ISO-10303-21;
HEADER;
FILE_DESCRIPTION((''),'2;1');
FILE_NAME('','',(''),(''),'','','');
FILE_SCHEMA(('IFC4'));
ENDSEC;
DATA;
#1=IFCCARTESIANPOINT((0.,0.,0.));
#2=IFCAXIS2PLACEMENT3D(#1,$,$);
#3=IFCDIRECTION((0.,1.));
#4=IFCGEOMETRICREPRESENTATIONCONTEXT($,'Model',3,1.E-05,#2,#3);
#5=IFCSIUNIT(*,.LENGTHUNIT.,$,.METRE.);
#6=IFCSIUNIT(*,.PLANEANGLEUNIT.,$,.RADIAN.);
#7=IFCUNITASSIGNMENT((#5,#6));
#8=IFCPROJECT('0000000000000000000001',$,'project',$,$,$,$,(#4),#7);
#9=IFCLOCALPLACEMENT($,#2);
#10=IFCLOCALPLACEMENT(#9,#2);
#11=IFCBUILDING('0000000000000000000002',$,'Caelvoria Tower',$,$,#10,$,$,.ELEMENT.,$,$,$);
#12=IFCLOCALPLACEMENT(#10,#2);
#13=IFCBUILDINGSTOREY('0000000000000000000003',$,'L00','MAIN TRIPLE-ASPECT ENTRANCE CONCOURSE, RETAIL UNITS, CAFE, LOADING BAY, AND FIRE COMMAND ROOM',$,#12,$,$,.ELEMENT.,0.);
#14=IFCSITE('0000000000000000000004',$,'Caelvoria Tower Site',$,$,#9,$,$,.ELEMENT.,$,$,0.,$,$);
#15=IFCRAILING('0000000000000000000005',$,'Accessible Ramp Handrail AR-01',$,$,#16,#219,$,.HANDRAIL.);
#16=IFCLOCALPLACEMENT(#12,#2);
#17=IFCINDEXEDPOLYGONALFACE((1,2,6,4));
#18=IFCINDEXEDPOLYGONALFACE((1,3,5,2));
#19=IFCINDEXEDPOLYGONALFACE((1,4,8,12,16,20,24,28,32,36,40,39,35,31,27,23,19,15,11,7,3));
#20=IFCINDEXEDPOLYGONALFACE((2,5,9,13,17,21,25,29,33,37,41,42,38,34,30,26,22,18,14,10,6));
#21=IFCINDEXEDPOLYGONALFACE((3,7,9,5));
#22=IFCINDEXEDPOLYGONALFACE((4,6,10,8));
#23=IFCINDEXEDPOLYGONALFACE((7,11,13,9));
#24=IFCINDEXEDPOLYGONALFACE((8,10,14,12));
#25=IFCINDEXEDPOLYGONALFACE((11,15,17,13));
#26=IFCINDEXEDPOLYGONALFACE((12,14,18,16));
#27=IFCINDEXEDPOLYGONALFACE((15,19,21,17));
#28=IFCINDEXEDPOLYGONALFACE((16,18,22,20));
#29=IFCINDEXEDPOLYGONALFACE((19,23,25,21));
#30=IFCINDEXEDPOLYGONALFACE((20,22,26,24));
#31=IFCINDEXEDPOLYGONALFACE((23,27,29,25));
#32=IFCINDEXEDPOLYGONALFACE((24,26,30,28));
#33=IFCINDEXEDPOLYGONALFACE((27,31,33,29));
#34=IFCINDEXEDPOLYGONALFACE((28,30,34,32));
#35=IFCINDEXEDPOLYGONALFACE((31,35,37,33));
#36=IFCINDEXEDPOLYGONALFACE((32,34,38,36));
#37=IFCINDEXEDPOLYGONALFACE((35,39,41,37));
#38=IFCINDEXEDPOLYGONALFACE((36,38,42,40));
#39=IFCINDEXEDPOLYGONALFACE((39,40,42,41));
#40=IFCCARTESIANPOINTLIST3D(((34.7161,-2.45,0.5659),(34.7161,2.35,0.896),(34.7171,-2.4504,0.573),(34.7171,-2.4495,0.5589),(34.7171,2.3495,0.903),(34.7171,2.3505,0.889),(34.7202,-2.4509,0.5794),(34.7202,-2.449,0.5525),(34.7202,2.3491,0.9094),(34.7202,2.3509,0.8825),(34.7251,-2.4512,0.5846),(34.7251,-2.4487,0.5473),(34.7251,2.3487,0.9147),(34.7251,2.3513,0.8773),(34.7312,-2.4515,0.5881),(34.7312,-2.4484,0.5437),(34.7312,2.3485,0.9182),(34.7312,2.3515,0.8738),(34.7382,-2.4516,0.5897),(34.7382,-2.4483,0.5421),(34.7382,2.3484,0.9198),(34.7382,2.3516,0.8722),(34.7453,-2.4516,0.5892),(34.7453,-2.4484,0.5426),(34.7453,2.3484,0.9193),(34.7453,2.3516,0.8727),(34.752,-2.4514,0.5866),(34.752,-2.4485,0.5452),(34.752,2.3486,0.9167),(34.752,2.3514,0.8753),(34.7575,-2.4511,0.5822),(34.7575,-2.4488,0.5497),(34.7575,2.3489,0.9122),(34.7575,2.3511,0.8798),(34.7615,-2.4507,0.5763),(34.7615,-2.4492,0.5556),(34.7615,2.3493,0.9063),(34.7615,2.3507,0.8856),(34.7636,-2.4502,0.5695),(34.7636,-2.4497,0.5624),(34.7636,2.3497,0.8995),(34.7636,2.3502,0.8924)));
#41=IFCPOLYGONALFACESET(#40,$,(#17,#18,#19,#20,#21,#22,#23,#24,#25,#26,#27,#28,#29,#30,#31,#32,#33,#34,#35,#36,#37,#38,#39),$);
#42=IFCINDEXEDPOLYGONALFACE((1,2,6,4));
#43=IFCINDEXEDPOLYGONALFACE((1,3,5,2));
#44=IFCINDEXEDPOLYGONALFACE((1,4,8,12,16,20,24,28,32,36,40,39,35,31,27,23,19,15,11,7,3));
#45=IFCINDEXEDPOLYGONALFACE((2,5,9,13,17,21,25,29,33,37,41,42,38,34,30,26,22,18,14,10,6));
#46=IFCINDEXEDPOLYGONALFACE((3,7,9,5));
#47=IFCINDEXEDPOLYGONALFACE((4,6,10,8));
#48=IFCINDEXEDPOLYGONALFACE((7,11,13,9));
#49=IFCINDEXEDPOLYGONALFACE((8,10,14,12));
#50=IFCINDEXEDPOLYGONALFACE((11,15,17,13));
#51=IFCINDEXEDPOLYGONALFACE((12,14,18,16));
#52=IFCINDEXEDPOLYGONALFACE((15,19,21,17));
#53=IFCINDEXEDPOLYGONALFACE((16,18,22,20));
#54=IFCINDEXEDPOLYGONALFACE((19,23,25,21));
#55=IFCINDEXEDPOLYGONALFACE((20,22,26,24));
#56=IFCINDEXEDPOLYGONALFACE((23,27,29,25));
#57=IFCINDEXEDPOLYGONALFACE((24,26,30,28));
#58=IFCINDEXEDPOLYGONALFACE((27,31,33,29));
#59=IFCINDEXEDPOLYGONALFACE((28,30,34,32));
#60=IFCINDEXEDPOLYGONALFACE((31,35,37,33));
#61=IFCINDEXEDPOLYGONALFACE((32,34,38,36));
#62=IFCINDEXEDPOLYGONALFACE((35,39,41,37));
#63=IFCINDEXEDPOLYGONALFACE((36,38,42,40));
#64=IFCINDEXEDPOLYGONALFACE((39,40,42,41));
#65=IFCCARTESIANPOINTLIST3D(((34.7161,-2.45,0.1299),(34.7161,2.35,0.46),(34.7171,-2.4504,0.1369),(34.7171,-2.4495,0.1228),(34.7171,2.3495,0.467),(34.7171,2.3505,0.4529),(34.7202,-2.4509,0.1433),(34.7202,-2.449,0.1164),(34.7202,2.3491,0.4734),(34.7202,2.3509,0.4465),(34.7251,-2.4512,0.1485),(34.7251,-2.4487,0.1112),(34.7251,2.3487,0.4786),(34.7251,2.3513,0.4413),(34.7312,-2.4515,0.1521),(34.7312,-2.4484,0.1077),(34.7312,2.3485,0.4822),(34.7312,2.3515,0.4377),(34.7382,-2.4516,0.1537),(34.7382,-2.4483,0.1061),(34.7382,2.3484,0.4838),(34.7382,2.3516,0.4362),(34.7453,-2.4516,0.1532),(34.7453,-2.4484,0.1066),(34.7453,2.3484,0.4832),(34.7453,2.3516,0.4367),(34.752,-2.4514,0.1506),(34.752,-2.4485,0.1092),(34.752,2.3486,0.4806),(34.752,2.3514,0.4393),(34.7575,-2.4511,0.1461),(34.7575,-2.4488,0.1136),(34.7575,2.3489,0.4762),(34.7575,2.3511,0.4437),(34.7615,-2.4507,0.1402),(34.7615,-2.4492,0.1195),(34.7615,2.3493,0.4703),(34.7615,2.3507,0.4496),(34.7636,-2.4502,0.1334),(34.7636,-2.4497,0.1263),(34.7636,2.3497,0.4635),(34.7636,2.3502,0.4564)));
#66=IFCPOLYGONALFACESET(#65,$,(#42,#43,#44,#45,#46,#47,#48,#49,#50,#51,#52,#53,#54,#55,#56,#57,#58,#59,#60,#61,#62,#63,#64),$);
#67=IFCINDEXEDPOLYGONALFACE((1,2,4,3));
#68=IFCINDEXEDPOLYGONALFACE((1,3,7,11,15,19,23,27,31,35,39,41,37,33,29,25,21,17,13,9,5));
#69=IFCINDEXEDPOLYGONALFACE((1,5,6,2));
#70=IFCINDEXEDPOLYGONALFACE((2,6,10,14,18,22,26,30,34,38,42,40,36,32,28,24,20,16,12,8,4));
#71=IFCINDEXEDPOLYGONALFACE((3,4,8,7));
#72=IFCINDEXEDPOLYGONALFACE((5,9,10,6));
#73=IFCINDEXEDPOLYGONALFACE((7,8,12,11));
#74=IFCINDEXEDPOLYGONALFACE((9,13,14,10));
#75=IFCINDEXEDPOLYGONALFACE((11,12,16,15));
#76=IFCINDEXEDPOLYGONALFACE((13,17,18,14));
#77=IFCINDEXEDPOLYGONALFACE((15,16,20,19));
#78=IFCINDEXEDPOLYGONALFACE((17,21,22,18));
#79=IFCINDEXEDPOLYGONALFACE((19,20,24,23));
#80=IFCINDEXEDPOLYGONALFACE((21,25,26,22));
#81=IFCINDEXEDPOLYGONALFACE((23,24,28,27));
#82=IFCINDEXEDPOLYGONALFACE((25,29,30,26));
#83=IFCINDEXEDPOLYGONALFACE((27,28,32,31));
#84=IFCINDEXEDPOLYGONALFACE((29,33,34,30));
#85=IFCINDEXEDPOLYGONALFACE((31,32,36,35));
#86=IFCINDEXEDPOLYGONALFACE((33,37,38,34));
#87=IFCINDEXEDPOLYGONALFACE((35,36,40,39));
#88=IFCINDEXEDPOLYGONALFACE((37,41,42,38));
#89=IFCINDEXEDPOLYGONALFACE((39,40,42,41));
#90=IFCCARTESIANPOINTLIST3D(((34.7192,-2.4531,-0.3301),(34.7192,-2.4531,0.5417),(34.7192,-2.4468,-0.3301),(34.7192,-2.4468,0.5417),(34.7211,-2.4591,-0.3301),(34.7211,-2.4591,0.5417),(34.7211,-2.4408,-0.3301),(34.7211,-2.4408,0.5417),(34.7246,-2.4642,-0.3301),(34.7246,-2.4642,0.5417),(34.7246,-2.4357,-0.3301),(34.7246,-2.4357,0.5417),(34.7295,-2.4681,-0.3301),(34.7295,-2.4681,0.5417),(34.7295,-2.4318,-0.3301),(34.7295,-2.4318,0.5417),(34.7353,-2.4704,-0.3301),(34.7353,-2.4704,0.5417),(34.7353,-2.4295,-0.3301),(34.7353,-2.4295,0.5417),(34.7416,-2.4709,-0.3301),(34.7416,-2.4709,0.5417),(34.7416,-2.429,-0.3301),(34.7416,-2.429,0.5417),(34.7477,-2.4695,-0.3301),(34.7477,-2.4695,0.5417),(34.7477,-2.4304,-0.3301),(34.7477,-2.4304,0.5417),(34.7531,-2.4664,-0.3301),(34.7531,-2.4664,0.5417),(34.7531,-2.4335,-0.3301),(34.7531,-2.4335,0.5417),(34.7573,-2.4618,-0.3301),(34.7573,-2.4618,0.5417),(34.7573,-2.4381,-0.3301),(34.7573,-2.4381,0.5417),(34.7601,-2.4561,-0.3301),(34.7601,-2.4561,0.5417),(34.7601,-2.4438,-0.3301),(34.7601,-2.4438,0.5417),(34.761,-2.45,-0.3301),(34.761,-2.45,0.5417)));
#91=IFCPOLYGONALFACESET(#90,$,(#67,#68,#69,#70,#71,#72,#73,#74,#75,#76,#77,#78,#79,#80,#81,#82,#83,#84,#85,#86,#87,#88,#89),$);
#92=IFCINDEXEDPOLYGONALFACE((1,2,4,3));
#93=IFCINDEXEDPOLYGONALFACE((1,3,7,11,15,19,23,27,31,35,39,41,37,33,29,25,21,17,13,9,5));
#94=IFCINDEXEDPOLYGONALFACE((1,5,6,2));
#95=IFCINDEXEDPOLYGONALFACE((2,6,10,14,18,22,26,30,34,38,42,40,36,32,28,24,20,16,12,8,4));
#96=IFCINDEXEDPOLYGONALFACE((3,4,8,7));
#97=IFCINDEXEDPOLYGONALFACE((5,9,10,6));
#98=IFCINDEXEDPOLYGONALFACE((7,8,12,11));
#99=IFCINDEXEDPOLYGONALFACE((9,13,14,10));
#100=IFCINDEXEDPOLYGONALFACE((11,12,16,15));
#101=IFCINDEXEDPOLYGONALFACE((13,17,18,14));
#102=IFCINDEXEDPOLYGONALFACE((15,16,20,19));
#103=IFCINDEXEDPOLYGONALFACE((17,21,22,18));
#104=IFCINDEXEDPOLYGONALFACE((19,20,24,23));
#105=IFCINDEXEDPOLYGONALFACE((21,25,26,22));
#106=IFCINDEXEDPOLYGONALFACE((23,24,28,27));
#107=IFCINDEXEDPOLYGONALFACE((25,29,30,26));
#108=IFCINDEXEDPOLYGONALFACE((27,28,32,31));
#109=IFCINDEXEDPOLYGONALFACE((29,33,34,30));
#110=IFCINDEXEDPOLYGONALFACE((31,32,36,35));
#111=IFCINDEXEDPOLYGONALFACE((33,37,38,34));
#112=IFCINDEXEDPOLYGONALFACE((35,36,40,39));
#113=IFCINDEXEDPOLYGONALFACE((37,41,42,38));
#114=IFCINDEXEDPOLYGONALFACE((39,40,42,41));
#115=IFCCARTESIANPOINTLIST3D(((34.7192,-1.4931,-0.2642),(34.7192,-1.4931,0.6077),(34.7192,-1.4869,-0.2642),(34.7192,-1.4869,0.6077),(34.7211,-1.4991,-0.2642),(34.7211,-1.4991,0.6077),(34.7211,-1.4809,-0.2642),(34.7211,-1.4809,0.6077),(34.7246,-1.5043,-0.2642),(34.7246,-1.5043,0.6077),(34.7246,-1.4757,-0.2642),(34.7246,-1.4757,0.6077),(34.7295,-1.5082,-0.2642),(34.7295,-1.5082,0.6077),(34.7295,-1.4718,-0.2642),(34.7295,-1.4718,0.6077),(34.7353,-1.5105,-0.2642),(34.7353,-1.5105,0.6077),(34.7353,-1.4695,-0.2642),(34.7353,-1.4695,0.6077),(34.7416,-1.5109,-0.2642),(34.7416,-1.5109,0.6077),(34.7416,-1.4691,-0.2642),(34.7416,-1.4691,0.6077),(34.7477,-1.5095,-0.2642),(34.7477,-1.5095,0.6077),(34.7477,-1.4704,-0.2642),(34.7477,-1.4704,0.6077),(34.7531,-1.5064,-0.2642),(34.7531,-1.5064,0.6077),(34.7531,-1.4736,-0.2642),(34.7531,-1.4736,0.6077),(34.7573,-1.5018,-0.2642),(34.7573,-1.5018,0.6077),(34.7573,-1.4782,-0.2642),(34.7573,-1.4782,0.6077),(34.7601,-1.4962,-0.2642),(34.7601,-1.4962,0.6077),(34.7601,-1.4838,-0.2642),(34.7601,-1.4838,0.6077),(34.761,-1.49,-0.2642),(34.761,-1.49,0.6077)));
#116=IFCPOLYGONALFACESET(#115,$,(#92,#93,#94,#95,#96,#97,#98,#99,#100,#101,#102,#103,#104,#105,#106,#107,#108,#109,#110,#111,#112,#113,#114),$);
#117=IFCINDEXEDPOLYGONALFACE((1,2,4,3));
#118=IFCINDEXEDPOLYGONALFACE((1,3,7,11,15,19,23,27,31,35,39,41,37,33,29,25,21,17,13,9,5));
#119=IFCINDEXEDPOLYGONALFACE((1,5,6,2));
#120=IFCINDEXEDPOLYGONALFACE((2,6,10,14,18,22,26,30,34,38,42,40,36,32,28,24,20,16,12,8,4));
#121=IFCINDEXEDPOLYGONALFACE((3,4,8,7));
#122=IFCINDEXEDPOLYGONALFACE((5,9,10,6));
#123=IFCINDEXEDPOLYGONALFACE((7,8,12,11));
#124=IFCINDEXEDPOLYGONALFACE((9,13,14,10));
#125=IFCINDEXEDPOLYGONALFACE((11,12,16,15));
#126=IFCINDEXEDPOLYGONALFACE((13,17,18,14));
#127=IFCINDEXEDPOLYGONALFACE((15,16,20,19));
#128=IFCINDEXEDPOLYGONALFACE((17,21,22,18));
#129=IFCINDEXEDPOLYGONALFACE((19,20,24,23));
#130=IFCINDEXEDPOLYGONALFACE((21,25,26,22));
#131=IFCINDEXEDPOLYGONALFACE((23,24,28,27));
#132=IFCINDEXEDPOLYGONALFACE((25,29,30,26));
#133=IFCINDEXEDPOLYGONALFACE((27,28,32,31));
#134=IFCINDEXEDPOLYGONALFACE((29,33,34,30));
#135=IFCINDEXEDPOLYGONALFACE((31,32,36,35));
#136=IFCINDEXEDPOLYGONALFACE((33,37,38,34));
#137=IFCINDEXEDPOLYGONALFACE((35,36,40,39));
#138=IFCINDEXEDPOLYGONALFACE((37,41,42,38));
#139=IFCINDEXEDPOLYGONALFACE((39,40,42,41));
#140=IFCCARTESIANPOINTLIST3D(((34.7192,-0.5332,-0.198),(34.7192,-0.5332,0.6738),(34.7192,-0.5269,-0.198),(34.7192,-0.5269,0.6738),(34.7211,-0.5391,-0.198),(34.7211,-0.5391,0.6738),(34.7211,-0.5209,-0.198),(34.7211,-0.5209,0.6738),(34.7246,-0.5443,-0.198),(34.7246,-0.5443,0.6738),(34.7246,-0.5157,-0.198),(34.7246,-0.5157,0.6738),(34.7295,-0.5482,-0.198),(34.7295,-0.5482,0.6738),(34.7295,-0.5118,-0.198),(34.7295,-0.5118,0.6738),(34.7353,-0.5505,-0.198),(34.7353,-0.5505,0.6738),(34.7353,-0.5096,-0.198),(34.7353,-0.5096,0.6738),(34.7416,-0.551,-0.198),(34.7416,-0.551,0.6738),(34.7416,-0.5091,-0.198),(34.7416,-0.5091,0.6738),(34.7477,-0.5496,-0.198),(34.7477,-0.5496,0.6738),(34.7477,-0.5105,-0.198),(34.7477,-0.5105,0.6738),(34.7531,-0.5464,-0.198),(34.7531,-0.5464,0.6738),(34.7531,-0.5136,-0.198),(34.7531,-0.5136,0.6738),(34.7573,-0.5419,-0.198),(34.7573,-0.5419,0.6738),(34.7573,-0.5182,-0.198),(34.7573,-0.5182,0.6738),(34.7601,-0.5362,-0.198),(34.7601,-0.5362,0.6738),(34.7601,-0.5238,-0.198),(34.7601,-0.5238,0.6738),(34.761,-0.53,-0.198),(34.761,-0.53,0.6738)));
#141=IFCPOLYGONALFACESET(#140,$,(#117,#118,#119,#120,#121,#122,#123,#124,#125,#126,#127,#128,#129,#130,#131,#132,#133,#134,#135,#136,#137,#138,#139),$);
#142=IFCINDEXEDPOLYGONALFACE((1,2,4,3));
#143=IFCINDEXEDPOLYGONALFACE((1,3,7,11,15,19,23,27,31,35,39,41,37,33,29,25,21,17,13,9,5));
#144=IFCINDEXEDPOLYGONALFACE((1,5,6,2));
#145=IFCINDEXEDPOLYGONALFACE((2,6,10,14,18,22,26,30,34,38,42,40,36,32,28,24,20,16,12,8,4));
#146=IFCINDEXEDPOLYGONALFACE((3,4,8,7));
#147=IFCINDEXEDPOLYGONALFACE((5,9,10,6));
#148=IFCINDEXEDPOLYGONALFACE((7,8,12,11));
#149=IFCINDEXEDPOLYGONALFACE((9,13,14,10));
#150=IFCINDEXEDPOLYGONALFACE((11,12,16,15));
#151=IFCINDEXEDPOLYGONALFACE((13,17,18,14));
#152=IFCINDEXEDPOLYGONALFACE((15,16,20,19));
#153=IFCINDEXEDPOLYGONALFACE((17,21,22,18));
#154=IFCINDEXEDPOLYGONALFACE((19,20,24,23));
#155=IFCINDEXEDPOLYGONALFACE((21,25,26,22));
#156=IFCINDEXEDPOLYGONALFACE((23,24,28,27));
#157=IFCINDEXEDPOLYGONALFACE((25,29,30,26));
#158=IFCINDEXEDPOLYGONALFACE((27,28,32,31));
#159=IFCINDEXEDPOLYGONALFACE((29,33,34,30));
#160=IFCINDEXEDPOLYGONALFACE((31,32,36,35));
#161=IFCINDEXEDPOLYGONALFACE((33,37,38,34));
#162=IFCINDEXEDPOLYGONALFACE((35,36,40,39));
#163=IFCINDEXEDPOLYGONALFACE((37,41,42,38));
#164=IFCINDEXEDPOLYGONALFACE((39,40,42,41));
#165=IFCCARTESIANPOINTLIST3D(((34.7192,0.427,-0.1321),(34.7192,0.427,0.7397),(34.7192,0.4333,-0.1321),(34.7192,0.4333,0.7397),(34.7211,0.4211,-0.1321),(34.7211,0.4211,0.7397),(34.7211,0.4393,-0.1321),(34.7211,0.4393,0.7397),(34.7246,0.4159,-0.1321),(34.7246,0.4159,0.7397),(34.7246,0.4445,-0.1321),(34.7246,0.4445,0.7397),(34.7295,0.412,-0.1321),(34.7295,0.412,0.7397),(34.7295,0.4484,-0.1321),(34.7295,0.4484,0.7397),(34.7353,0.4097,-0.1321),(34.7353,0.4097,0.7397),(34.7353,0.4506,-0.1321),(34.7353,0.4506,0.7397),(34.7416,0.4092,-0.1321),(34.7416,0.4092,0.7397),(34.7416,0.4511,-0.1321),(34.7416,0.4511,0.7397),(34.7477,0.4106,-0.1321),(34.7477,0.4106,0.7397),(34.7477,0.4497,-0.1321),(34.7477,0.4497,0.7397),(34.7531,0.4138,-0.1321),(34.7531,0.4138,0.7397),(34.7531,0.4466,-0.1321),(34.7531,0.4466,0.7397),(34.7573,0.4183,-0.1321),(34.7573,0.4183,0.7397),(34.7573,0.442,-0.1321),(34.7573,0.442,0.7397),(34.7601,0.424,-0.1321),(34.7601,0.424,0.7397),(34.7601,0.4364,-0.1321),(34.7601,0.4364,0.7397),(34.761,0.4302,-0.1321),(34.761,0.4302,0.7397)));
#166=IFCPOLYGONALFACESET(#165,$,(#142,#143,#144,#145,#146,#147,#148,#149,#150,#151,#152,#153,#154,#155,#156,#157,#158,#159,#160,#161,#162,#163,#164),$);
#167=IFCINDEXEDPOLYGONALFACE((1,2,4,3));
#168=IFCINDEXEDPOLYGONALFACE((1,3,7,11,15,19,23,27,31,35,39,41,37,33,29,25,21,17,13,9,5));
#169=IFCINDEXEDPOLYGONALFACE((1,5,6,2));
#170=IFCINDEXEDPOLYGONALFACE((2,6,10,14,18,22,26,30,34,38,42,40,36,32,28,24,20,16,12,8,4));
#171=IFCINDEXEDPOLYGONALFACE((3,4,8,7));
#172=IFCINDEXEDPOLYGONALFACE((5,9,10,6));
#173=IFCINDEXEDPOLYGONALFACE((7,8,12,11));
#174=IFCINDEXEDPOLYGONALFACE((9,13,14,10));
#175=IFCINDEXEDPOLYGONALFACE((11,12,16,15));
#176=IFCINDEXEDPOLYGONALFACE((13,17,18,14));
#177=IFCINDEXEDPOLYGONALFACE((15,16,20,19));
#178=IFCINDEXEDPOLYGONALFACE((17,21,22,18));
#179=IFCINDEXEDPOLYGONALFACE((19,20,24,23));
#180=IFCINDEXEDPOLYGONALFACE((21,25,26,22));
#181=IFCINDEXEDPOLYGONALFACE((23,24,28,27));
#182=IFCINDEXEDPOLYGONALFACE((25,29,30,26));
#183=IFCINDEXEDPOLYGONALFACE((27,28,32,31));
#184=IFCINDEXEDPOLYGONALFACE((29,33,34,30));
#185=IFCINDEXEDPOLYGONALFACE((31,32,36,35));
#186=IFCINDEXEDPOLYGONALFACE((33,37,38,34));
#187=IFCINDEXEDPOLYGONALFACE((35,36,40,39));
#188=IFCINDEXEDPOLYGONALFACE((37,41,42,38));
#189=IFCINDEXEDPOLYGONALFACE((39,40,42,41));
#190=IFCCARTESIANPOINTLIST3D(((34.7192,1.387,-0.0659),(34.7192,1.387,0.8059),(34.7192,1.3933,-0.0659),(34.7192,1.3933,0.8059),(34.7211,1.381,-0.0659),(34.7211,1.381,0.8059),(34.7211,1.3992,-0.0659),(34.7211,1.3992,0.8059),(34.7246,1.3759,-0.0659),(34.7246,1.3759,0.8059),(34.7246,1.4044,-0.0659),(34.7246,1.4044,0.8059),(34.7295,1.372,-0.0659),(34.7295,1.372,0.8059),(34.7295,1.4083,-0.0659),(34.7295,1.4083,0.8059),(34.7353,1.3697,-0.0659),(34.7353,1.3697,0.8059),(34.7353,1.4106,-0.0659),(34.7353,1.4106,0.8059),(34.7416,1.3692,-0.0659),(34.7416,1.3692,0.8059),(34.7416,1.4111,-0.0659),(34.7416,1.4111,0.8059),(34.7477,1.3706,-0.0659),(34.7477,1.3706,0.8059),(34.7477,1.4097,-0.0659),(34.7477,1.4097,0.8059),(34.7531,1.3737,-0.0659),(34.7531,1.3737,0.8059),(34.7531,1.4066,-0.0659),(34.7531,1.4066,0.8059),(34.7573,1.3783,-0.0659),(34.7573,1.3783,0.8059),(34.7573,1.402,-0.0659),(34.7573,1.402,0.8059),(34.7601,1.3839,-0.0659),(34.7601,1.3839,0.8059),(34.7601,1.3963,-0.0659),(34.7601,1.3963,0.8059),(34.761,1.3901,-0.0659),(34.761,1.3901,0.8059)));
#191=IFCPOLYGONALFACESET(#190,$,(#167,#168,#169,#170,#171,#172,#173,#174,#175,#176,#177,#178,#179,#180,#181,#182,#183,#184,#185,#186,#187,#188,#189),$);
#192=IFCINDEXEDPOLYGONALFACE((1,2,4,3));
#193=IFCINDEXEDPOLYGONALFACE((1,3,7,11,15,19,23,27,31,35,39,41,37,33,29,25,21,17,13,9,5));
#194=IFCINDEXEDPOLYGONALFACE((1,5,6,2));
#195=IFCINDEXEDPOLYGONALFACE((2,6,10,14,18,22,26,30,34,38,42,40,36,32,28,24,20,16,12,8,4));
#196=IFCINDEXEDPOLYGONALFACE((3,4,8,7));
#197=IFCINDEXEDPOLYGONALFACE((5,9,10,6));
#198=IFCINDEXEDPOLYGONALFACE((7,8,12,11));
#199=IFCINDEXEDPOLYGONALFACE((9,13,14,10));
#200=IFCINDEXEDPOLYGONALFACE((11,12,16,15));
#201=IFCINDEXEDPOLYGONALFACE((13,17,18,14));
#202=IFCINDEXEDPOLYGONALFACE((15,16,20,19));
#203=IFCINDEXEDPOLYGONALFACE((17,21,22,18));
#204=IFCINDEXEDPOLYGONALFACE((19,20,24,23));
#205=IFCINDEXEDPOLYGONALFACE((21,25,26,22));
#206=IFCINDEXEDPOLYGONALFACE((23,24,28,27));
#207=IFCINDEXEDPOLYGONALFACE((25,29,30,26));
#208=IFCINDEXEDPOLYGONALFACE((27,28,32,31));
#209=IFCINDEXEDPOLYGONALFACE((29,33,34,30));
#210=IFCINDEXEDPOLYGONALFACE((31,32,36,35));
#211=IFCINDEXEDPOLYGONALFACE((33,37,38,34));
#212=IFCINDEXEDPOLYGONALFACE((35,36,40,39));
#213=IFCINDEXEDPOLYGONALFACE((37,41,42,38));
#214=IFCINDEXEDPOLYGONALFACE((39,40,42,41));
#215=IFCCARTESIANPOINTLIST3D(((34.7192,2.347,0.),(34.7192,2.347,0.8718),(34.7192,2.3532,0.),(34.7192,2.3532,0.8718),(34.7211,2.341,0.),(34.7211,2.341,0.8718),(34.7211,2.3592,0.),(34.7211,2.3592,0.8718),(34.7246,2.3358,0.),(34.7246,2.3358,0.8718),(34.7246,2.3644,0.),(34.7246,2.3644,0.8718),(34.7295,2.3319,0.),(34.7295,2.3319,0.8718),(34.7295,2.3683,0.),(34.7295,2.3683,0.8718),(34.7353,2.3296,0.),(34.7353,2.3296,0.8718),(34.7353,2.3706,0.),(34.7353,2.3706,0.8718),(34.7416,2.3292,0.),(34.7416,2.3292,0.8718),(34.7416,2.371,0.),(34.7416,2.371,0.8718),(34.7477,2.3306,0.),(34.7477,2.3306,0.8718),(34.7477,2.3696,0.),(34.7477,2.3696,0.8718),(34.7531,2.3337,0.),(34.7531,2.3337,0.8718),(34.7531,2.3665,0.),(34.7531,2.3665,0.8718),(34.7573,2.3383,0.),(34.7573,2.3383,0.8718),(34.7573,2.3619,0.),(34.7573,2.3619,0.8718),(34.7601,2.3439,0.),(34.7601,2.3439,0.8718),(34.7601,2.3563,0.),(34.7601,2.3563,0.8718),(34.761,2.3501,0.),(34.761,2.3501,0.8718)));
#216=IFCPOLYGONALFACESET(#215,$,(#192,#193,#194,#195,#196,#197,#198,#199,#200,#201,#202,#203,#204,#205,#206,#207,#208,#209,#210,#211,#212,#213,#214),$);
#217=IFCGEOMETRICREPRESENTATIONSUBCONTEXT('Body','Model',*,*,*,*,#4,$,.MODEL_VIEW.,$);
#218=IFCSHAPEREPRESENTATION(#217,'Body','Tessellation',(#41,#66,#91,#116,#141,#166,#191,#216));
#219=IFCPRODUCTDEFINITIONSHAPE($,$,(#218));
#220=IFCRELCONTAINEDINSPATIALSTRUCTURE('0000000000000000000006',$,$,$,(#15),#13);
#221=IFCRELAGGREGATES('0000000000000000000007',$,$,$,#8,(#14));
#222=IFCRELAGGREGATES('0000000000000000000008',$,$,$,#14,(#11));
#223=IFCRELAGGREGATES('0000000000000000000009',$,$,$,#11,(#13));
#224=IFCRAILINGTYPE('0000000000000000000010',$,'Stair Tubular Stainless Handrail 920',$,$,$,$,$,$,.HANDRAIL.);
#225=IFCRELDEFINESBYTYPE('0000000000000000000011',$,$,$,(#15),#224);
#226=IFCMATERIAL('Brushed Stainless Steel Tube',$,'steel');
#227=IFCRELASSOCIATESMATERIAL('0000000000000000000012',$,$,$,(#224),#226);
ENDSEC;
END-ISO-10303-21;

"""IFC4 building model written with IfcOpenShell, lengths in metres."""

from ifc_helpers import new_model, si_unit, direction, frame, origin, origin_2d, place, context, subcontext, project, spatial, circle, extrude, material, type_object, element, save


model = new_model("IFC4")

# Units and contexts
model_context = context("Model", 3, precision=1e-05, world=origin(), true_north=direction((0.0, 1.0)))
body_context = subcontext(model_context, "Body", "Model", "MODEL_VIEW")
ifc_project = project(units=[si_unit("LENGTHUNIT", "METRE"), si_unit("PLANEANGLEUNIT", "RADIAN")], contexts=[model_context])

# Site, building, storey
site_placement = place(None, origin())
site = spatial("IfcSite", under=ifc_project, at=site_placement, Name="Caelvoria Tower Site", CompositionType="ELEMENT", RefElevation=0.0)
building_placement = place(site_placement, origin())
building = spatial("IfcBuilding", under=site, at=building_placement, Name="Caelvoria Tower", CompositionType="ELEMENT")
storey_placement = place(building_placement, origin())
storey = spatial("IfcBuildingStorey", under=building, at=storey_placement, Name="L00", Description="MAIN TRIPLE-ASPECT ENTRANCE CONCOURSE, RETAIL UNITS, CAFE, LOADING BAY, AND FIRE COMMAND ROOM", CompositionType="ELEMENT", Elevation=0.0)

# Railing
ifc_material_1 = material(Name="Brushed Stainless Steel Tube", Category="steel")
railing_type = type_object("IfcRailingType", Name="Stair Tubular Stainless Handrail 920", PredefinedType="HANDRAIL", material=ifc_material_1)
railing_placement = place(storey_placement, frame((34.74, -2.45, -0.3301)))
element("IfcRailing", 1, at=railing_placement, inside=storey, type_object=railing_type, Name="Accessible Ramp Handrail AR-01", PredefinedType="HANDRAIL", context=body_context, shape_type="SweptSolid", body=[
    extrude(circle(Radius=0.0239, at=origin_2d()), frame((0.0, 0.0, 0.896), z_axis=(0.0, 0.997644, 0.068604), x_axis=(-1.0, 0.0, 0.0)), (0.0, 0.0, 1.0), 4.8113),
    extrude(circle(Radius=0.0239, at=origin_2d()), frame((0.0, 0.0, 0.46), z_axis=(0.0, 0.997644, 0.068604), x_axis=(-1.0, 0.0, 0.0)), (0.0, 0.0, 1.0), 4.8113),
    extrude(circle(Radius=0.021, at=origin_2d()), origin(), (0.0, 0.0, 1.0), 0.8718),
    extrude(circle(Radius=0.021, at=origin_2d()), frame((0.0, 0.96, 0.0659)), (0.0, 0.0, 1.0), 0.8718),
    extrude(circle(Radius=0.021, at=origin_2d()), frame((0.0, 1.9199, 0.1321)), (0.0, 0.0, 1.0), 0.8718),
    extrude(circle(Radius=0.021, at=origin_2d()), frame((0.0, 2.8801, 0.198)), (0.0, 0.0, 1.0), 0.8718),
    extrude(circle(Radius=0.021, at=origin_2d()), frame((0.0, 3.8401, 0.2642)), (0.0, 0.0, 1.0), 0.8718),
    extrude(circle(Radius=0.021, at=origin_2d()), frame((0.0, 4.8, 0.3301)), (0.0, 0.0, 1.0), 0.8718),
])

save(model, "model.ifc")
